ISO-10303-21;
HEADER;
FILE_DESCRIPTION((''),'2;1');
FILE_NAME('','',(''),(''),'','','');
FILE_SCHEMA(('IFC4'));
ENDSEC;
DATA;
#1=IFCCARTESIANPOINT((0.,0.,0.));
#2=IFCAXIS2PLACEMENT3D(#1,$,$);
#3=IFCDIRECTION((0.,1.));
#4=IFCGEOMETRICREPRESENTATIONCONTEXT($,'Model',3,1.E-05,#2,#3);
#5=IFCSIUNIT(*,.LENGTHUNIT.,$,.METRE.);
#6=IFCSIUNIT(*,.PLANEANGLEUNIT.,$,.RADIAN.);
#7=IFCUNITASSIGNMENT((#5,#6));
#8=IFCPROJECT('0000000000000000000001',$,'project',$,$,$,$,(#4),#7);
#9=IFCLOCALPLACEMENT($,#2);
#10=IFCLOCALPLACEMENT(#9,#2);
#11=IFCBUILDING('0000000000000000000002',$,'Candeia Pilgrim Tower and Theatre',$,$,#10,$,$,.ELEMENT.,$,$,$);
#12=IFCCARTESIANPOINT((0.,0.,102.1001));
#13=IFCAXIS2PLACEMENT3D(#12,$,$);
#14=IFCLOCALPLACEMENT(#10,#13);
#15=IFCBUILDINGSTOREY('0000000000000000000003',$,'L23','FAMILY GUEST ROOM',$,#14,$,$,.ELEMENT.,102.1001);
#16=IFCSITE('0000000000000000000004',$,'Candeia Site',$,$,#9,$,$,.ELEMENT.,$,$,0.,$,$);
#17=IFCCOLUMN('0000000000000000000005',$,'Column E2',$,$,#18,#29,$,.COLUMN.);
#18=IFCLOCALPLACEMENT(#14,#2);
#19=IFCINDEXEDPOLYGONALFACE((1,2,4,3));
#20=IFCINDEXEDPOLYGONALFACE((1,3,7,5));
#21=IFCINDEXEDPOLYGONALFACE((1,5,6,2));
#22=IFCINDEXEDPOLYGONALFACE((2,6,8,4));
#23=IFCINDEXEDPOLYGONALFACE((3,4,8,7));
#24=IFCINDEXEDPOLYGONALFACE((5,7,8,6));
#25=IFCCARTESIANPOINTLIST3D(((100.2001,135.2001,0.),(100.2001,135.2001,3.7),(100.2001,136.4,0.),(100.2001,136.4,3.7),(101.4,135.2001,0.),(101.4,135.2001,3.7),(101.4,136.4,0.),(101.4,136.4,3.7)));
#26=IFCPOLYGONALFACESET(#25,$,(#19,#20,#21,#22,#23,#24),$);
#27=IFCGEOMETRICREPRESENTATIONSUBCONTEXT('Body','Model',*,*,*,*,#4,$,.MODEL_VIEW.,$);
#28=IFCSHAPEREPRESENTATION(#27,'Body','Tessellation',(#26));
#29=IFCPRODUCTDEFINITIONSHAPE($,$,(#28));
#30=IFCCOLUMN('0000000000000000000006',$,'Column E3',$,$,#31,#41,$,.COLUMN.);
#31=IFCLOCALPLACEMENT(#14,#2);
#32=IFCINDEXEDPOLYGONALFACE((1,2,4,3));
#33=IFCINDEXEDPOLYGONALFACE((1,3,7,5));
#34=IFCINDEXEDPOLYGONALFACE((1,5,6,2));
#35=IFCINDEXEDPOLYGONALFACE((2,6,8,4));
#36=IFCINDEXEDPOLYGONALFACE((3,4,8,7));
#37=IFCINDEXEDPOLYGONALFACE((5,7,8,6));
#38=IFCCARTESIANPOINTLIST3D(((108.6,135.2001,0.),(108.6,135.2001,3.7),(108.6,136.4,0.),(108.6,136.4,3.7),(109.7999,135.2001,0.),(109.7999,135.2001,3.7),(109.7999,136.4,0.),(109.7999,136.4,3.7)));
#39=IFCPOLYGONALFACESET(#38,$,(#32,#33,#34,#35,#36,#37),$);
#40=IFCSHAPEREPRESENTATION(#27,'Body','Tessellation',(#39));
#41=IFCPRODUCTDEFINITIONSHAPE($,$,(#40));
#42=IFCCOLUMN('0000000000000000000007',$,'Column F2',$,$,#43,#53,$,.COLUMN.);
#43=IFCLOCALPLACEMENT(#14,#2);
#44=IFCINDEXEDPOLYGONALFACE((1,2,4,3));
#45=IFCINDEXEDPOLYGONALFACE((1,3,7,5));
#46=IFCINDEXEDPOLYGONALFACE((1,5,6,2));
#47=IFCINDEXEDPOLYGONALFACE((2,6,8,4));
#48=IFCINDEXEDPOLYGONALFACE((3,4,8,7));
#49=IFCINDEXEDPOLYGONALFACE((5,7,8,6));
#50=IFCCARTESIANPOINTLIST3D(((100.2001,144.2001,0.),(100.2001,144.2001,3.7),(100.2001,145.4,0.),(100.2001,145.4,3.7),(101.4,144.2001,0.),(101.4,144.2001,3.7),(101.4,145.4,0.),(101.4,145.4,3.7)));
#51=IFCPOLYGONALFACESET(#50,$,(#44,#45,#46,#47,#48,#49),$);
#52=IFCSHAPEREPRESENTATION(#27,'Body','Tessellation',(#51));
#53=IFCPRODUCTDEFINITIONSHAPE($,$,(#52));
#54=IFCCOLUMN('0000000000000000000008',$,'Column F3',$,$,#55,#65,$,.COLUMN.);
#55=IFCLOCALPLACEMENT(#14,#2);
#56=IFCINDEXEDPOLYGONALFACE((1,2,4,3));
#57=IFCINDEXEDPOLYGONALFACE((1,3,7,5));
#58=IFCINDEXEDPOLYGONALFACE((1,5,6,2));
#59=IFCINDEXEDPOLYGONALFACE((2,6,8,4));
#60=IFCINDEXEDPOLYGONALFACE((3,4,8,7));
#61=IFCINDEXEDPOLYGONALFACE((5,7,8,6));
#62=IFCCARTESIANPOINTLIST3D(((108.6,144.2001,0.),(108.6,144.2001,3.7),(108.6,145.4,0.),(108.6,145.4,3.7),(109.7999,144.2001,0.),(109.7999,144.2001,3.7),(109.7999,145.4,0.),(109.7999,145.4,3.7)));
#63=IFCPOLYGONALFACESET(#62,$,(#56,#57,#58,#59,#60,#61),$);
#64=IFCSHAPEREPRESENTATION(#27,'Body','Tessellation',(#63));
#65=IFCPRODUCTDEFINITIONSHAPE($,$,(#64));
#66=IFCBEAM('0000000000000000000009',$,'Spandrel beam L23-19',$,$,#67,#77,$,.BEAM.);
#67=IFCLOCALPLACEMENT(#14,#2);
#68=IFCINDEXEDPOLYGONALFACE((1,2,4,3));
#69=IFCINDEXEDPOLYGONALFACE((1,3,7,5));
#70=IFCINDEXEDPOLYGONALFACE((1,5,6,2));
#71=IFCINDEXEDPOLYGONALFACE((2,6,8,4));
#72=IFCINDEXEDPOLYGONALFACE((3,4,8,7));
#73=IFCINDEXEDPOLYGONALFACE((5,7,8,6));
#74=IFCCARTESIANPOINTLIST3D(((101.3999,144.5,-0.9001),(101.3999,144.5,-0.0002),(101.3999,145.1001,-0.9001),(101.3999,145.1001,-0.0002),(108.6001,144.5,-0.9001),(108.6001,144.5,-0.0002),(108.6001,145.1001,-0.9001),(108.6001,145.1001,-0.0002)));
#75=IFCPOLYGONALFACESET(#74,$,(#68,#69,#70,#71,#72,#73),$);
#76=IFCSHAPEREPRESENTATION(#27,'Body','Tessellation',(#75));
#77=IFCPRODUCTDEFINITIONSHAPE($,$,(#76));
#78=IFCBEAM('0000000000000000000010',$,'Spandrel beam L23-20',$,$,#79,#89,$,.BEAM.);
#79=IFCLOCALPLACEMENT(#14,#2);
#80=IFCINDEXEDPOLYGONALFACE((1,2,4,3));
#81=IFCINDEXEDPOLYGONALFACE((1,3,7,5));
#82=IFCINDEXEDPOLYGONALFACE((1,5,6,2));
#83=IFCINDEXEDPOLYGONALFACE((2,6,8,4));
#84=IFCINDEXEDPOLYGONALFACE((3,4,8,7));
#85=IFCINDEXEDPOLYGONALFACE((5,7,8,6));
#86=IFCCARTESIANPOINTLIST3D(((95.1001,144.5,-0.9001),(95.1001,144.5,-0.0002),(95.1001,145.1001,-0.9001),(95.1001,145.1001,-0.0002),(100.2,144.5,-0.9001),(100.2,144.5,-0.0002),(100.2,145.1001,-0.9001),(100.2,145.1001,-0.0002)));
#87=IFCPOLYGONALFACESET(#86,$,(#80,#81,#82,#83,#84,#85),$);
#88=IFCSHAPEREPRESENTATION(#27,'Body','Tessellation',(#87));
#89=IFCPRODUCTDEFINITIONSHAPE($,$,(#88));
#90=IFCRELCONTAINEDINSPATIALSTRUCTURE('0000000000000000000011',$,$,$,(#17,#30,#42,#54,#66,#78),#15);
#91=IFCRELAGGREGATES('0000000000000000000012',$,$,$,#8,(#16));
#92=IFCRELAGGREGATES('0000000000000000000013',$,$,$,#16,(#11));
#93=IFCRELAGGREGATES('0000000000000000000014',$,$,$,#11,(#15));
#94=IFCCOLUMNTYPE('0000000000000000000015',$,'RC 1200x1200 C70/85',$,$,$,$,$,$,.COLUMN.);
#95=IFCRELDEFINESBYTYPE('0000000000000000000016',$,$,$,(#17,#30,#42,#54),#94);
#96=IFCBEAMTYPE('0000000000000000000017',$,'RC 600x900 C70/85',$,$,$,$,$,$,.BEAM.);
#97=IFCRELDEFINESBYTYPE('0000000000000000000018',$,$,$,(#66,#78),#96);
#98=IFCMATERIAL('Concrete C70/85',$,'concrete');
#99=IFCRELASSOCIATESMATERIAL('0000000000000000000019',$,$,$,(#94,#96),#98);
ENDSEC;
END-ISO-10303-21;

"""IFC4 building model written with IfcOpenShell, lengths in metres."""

from ifc_helpers import new_model, si_unit, direction, frame, origin, origin_2d, place, context, subcontext, project, spatial, rectangle, extrude, material, material_profile, profile_set, type_object, element, save


model = new_model("IFC4")

# Units and contexts
model_context = context("Model", 3, precision=1e-05, world=origin(), true_north=direction((0.0, 1.0)))
body_context = subcontext(model_context, "Body", "Model", "MODEL_VIEW")
ifc_project = project(units=[si_unit("LENGTHUNIT", "METRE"), si_unit("PLANEANGLEUNIT", "RADIAN")], contexts=[model_context])

# Site, building, storey
site_placement = place(None, origin())
site = spatial("IfcSite", under=ifc_project, at=site_placement, Name="Candeia Site", CompositionType="ELEMENT", RefElevation=0.0)
building_placement = place(site_placement, origin())
building = spatial("IfcBuilding", under=site, at=building_placement, Name="Candeia Pilgrim Tower and Theatre", CompositionType="ELEMENT")
storey_placement = place(building_placement, frame((0.0, 0.0, 102.1001)))
storey = spatial("IfcBuildingStorey", under=building, at=storey_placement, Name="L23", Description="FAMILY GUEST ROOM", CompositionType="ELEMENT", Elevation=102.1001)

# Columns
ifc_material_1 = material(Name="Concrete C70/85", Category="concrete")
ifc_material_profile_1 = material_profile(ifc_material_1, rectangle(XDim=1.2, YDim=1.2, at=origin_2d()))
ifc_profile_set_1 = profile_set([ifc_material_profile_1], Name="Concrete C70/85")
column_type = type_object("IfcColumnType", Name="RC 1200x1200 C70/85", PredefinedType="COLUMN", material=ifc_profile_set_1)
for number, where, z_axis, x_axis, name in (
    (1, (100.8, 135.8, 0.0), (0.0, 0.0, 1.0), (1.0, 0.0, 0.0), "Column E2"),
    (2, (109.2, 135.8, 0.0), (0.0, 0.0, 1.0), (1.0, 0.0, 0.0), "Column E3"),
    (3, (100.8, 144.8, 0.0), (0.0, 0.0, 1.0), (1.0, 0.0, 0.0), "Column F2"),
    (4, (109.2, 144.8, 0.0), (0.0, 0.0, 1.0), (1.0, 0.0, 0.0), "Column F3"),
):
    element("IfcColumn", number, at=place(storey_placement, frame(where, z_axis=z_axis, x_axis=x_axis)), inside=storey, type_object=column_type, Name=name, PredefinedType="COLUMN", context=body_context, shape_type="SweptSolid", body=[
        extrude(rectangle(XDim=1.2, YDim=1.2, at=origin_2d()), origin(), (0.0, 0.0, 1.0), 3.7),
    ])

# Beams
ifc_material_profile_2 = material_profile(ifc_material_1, rectangle(XDim=0.6001, YDim=0.8999, at=origin_2d()))
ifc_profile_set_2 = profile_set([ifc_material_profile_2], Name="Concrete C70/85")
beam_type = type_object("IfcBeamType", Name="RC 600x900 C70/85", PredefinedType="BEAM", material=ifc_profile_set_2)
beam_1_placement = place(storey_placement, frame((108.6001, 144.8, -0.4502), z_axis=(-1.0, 0.0, 0.0), x_axis=(0.0, -1.0, 0.0)))
element("IfcBeam", 5, at=beam_1_placement, inside=storey, type_object=beam_type, Name="Spandrel beam L23-19", PredefinedType="BEAM", context=body_context, shape_type="SweptSolid", body=[
    extrude(rectangle(XDim=0.6001, YDim=0.8999, at=origin_2d()), origin(), (0.0, 0.0, 1.0), 7.2002),
])
beam_2_placement = place(storey_placement, frame((100.2, 144.8, -0.4502), z_axis=(-1.0, 0.0, 0.0), x_axis=(0.0, -1.0, 0.0)))
element("IfcBeam", 6, at=beam_2_placement, inside=storey, type_object=beam_type, Name="Spandrel beam L23-20", PredefinedType="BEAM", context=body_context, shape_type="SweptSolid", body=[
    extrude(rectangle(XDim=0.6001, YDim=0.8999, at=origin_2d()), origin(), (0.0, 0.0, 1.0), 5.0999),
])

save(model, "model.ifc")
